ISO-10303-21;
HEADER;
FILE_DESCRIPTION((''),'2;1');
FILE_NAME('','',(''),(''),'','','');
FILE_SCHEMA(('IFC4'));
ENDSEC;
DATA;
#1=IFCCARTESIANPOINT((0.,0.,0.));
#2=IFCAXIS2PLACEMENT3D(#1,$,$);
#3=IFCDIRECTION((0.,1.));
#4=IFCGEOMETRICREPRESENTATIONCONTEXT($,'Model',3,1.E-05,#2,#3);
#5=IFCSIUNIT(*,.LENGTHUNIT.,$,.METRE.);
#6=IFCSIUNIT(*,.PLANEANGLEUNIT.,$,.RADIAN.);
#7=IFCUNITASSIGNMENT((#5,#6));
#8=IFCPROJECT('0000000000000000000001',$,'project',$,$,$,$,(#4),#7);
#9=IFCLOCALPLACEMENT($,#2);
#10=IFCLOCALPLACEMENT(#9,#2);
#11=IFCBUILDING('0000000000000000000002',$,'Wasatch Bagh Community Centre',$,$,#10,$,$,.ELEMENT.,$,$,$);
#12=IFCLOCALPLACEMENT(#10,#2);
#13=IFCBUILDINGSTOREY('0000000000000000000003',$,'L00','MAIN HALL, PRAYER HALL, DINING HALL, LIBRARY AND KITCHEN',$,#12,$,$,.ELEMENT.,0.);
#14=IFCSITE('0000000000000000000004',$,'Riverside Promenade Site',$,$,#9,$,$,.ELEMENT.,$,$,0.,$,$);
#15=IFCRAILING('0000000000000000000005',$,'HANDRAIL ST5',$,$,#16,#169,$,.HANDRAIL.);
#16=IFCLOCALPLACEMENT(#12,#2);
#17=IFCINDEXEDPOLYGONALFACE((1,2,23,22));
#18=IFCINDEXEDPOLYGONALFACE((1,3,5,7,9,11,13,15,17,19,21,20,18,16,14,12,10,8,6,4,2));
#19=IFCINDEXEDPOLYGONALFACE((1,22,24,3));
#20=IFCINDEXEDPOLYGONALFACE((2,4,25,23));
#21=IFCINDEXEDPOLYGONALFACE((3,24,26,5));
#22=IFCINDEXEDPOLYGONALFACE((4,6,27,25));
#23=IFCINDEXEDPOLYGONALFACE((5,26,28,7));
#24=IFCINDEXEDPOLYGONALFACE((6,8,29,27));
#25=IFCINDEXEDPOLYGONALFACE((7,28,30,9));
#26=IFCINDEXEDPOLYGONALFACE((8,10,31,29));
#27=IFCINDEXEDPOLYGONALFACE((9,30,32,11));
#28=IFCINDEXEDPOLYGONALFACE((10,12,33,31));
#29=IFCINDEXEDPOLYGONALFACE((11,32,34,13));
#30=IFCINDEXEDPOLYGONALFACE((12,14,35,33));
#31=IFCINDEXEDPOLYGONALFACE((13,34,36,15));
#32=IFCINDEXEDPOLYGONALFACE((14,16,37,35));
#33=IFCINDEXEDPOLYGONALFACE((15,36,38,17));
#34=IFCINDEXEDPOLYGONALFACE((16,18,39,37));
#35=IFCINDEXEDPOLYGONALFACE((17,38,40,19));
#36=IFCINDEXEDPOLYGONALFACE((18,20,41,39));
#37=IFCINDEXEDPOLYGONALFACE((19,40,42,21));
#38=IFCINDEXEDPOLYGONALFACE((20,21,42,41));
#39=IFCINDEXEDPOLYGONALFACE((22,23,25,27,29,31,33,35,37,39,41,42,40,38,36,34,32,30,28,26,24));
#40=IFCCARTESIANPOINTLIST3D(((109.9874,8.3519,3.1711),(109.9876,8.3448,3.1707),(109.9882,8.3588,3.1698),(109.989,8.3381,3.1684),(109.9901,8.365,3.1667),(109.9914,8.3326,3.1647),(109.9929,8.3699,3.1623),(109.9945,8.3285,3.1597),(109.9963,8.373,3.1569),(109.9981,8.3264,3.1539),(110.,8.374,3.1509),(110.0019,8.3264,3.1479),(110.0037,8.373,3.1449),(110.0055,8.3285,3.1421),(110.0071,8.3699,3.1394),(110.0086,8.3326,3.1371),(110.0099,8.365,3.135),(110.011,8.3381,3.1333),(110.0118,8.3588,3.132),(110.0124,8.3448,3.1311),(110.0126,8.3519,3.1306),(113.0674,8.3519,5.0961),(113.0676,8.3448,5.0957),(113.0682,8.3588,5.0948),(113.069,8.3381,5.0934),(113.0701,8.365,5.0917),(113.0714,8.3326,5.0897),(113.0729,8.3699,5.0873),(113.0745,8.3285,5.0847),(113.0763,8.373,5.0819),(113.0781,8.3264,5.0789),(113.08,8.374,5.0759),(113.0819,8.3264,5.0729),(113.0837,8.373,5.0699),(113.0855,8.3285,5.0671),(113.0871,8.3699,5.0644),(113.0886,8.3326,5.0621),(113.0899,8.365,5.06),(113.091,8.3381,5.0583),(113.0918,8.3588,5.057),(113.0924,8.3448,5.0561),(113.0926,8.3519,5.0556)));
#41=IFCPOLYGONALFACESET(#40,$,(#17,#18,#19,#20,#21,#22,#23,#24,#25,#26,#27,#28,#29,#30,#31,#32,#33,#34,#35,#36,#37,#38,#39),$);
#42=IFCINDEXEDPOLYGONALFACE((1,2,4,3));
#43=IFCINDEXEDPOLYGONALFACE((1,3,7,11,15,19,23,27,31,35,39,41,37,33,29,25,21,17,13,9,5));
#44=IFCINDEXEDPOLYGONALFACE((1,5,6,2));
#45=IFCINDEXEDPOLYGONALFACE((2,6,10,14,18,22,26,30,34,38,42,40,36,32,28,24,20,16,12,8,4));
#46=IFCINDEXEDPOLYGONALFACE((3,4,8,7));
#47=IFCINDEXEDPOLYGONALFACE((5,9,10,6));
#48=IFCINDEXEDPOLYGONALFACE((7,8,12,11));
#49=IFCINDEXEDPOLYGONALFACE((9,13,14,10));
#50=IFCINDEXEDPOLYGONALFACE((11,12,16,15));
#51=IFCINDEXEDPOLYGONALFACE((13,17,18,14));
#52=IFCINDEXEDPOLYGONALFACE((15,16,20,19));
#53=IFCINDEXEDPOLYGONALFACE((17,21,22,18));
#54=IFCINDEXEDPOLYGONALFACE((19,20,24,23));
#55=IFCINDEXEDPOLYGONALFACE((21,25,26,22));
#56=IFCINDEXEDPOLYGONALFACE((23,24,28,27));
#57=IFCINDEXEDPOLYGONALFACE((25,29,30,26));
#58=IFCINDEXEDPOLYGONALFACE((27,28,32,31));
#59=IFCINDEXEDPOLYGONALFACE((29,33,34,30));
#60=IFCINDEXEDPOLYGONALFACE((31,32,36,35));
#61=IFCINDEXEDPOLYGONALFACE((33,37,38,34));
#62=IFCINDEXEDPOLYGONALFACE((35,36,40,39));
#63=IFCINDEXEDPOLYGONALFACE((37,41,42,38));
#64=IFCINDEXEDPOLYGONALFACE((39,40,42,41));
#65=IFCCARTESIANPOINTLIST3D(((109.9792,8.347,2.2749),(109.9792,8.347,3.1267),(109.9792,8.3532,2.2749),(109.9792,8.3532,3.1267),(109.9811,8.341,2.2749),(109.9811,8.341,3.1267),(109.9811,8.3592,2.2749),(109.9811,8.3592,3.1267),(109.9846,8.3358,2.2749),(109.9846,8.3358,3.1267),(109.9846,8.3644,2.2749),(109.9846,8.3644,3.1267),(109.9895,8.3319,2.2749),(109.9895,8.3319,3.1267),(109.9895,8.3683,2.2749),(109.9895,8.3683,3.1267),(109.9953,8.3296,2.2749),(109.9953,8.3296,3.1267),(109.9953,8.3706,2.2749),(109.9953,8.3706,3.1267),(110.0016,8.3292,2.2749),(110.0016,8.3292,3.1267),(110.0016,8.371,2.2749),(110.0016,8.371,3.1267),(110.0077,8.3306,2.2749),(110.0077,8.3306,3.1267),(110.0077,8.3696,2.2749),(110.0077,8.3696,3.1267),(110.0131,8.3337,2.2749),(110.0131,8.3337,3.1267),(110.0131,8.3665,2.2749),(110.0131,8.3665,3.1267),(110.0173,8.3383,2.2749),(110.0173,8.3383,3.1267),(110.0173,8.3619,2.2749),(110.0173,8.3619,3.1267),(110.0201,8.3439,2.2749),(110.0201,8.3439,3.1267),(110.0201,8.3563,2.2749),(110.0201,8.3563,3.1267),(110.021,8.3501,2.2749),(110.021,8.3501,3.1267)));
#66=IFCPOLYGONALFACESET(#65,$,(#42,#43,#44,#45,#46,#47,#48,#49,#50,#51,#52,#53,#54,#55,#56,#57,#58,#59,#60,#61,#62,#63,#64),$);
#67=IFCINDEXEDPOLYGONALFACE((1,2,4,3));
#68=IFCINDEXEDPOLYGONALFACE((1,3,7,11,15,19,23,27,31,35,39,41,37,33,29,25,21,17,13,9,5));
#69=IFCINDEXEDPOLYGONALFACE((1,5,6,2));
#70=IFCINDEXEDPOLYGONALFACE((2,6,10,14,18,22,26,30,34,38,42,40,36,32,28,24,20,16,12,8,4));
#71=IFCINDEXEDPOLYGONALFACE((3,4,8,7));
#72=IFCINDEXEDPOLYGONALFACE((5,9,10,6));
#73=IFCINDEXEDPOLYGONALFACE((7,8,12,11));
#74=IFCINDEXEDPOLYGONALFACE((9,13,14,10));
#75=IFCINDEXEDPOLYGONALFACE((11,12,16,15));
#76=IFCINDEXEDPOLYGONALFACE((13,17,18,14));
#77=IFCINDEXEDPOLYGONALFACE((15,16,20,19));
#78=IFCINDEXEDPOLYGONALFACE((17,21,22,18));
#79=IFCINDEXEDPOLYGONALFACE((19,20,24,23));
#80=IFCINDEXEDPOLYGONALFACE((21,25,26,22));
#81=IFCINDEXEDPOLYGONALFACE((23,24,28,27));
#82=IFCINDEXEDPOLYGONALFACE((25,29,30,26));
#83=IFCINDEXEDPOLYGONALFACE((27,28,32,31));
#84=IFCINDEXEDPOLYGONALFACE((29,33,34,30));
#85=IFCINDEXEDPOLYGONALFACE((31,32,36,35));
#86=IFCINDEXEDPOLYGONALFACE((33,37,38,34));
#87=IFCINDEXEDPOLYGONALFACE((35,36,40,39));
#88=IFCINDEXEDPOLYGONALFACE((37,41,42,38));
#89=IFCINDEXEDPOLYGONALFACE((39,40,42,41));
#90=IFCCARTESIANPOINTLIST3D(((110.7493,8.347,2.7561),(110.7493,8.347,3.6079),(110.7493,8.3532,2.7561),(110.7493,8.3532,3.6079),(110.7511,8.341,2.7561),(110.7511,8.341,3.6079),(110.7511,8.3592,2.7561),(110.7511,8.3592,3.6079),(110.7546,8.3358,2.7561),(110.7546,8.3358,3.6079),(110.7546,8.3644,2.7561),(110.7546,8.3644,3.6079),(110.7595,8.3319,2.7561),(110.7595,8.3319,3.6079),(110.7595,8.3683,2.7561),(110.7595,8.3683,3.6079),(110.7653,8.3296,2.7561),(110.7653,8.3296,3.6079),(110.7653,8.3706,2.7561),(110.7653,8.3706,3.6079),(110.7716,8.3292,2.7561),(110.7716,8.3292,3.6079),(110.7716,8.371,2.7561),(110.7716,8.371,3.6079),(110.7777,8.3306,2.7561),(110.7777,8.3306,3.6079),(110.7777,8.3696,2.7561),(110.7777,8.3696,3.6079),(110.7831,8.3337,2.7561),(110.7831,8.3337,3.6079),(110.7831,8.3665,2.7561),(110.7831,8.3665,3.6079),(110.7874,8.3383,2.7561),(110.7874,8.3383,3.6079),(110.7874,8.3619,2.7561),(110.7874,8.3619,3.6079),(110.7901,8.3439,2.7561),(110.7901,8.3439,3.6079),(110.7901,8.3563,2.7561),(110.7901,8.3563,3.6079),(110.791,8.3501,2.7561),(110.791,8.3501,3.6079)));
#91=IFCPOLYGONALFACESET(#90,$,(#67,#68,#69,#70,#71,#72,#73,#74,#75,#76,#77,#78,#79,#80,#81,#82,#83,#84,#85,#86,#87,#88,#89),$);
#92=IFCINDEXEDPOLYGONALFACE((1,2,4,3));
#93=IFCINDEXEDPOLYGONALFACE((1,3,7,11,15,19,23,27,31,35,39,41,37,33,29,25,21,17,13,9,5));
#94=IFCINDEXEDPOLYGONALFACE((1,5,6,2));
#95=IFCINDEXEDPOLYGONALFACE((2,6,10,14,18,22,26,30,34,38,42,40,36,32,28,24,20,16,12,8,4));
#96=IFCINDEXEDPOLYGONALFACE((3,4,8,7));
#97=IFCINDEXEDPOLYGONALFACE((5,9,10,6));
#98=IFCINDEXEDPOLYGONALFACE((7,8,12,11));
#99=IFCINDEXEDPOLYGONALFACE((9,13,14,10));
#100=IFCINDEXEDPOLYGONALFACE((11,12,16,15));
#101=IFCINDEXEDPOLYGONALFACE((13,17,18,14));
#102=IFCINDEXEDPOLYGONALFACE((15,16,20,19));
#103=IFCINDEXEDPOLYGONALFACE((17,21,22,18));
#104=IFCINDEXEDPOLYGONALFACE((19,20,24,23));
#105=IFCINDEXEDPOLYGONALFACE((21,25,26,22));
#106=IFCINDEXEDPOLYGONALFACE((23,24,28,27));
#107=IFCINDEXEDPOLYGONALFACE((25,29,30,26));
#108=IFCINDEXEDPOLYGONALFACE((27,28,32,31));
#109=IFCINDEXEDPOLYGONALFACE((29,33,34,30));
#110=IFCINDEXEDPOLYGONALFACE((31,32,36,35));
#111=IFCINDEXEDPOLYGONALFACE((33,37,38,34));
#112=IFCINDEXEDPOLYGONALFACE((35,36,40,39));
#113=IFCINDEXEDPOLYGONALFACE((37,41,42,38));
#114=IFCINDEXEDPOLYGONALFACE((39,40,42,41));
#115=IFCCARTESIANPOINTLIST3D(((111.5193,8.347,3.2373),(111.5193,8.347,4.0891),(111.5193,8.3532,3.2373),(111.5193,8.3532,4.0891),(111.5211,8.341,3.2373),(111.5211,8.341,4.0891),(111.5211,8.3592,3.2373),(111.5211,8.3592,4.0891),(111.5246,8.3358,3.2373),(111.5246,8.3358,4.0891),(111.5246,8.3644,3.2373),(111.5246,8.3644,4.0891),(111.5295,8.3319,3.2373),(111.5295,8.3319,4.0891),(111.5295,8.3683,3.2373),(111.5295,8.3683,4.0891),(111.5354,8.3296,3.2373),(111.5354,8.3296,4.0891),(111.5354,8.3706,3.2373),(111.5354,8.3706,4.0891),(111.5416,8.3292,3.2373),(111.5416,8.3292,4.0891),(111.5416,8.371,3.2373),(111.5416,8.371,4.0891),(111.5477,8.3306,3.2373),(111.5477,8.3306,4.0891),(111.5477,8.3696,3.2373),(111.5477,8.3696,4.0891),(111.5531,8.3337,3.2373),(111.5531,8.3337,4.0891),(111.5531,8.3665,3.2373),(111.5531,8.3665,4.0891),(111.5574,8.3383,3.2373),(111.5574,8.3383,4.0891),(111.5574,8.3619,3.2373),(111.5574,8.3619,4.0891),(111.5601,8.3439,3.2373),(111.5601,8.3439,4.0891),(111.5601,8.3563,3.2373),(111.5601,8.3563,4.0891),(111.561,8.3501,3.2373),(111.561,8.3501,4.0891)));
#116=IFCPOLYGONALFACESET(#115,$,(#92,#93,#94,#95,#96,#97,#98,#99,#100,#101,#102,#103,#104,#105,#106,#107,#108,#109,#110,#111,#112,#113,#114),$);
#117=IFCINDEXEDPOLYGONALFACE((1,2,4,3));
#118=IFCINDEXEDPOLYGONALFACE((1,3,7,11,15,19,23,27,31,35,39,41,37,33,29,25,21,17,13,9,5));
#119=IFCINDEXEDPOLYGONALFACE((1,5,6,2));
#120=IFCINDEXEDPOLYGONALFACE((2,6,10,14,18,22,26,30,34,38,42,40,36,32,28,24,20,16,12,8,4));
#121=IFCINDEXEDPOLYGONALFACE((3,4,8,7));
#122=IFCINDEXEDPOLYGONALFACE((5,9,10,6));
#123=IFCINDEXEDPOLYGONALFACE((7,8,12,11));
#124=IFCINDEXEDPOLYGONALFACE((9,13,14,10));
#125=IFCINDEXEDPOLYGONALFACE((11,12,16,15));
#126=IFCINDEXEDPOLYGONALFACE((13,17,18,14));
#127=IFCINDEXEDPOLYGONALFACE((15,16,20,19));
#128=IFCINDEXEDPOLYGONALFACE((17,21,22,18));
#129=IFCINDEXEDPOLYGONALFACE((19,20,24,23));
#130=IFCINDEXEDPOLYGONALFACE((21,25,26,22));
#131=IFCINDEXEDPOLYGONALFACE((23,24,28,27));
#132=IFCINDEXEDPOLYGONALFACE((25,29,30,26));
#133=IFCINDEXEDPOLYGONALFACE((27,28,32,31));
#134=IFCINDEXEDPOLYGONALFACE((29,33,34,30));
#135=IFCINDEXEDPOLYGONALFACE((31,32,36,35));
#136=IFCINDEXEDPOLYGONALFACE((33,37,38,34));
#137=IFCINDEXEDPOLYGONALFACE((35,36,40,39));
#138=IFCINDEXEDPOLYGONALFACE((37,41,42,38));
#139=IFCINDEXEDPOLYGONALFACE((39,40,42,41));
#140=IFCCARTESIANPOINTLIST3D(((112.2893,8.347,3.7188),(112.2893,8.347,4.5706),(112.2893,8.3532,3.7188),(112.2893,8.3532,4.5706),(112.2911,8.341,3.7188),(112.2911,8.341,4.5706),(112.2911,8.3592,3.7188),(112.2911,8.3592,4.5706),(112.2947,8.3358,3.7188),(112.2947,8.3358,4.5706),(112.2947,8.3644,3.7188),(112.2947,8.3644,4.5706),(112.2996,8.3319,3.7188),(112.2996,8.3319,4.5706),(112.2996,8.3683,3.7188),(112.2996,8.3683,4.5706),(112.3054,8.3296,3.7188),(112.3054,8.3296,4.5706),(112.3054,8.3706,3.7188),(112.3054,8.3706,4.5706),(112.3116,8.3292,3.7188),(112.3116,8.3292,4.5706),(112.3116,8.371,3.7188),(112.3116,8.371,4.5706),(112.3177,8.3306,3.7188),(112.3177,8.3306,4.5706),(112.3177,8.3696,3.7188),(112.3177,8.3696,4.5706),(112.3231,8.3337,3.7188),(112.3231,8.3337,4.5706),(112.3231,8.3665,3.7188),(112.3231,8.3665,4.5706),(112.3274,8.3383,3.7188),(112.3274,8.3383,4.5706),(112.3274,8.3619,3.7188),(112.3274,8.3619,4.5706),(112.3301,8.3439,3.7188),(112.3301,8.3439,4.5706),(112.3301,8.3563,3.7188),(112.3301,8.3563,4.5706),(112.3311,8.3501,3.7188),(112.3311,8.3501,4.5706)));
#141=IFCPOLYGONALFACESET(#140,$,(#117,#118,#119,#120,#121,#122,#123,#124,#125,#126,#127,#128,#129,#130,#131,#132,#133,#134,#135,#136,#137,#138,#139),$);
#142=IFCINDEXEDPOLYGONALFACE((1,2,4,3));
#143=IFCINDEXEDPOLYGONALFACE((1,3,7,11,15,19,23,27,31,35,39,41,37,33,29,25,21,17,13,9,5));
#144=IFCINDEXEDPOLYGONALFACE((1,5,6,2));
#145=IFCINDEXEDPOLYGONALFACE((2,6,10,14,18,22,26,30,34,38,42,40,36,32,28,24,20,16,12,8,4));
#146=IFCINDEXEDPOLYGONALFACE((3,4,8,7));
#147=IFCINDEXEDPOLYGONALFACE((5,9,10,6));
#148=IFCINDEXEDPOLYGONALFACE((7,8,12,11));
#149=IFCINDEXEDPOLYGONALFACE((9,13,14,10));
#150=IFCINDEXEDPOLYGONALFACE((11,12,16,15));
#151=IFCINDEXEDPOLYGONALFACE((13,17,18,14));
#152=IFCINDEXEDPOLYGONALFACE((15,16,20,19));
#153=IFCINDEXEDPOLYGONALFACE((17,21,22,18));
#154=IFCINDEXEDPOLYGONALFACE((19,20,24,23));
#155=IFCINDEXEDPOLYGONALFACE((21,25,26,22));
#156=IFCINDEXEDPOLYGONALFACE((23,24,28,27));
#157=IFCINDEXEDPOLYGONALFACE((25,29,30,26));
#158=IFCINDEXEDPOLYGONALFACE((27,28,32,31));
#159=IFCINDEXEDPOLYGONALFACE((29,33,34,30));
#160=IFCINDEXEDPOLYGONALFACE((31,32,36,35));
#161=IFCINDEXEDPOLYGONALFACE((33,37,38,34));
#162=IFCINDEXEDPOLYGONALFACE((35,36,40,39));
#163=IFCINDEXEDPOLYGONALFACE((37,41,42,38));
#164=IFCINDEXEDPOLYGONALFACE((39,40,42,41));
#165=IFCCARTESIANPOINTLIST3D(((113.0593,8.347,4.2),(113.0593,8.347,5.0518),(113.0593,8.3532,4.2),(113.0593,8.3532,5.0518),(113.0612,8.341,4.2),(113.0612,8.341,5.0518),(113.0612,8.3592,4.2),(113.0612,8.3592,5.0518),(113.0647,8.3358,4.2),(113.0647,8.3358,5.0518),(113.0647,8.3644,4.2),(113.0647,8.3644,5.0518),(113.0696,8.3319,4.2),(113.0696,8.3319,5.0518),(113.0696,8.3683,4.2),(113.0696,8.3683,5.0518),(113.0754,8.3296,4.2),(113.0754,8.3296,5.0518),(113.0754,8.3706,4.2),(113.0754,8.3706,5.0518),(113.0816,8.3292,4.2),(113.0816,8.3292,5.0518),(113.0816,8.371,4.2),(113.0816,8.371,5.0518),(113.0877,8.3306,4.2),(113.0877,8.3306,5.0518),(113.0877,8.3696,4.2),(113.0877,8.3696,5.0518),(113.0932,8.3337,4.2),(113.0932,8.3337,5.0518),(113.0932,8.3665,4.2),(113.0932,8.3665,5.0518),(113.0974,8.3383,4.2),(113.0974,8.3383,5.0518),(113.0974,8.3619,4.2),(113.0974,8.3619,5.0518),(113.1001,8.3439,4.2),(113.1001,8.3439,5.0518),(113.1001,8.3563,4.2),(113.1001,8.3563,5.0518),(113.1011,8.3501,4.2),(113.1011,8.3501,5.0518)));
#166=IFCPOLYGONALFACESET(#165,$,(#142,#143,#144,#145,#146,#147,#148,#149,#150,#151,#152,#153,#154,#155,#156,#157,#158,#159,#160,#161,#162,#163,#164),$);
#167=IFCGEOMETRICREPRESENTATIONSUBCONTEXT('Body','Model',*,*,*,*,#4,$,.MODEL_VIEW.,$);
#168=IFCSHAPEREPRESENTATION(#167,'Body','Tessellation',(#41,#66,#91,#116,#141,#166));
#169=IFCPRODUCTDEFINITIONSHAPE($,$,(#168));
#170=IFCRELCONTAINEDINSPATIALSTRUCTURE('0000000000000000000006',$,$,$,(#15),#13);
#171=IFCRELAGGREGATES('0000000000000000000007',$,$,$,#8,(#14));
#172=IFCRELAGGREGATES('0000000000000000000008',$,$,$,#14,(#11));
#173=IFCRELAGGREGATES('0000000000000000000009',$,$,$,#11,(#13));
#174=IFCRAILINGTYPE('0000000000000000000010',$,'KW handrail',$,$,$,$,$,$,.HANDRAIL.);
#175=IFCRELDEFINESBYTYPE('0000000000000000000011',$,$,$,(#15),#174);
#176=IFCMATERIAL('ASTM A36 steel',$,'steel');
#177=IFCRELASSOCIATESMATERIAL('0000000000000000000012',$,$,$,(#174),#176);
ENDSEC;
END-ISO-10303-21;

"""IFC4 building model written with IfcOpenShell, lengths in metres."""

from ifc_helpers import new_model, si_unit, direction, frame, origin, origin_2d, place, context, subcontext, project, spatial, circle, extrude, material, type_object, element, save


model = new_model("IFC4")

# Units and contexts
model_context = context("Model", 3, precision=1e-05, world=origin(), true_north=direction((0.0, 1.0)))
body_context = subcontext(model_context, "Body", "Model", "MODEL_VIEW")
ifc_project = project(units=[si_unit("LENGTHUNIT", "METRE"), si_unit("PLANEANGLEUNIT", "RADIAN")], contexts=[model_context])

# Site, building, storey
site_placement = place(None, origin())
site = spatial("IfcSite", under=ifc_project, at=site_placement, Name="Riverside Promenade Site", CompositionType="ELEMENT", RefElevation=0.0)
building_placement = place(site_placement, origin())
building = spatial("IfcBuilding", under=site, at=building_placement, Name="Wasatch Bagh Community Centre", CompositionType="ELEMENT")
storey_placement = place(building_placement, origin())
storey = spatial("IfcBuildingStorey", under=building, at=storey_placement, Name="L00", Description="MAIN HALL, PRAYER HALL, DINING HALL, LIBRARY AND KITCHEN", CompositionType="ELEMENT", Elevation=0.0)

# Railing
ifc_material_1 = material(Name="ASTM A36 steel", Category="steel")
railing_type_1 = type_object("IfcRailingType", Name="KW handrail", PredefinedType="HANDRAIL", material=ifc_material_1)
for number, where, name in (
    (1, (110.0, 8.3501, 2.2749), "HANDRAIL ST5"),
):
    element("IfcRailing", number, at=place(storey_placement, frame(where)), inside=storey, type_object=railing_type_1, Name=name, PredefinedType="HANDRAIL", context=body_context, shape_type="SweptSolid", body=[
        extrude(circle(Radius=0.0239, at=origin_2d()), frame((0.0, 0.0, 0.876), z_axis=(0.847998, 0.0, 0.529999), x_axis=(0.0, 1.0, 0.0)), (0.0, 0.0, 1.0), 3.6321),
        extrude(circle(Radius=0.021, at=origin_2d()), origin(), (0.0, 0.0, 1.0), 0.8518),
        extrude(circle(Radius=0.021, at=origin_2d()), frame((0.77, 0.0, 0.4812)), (0.0, 0.0, 1.0), 0.8518),
        extrude(circle(Radius=0.021, at=origin_2d()), frame((1.54, 0.0, 0.9624)), (0.0, 0.0, 1.0), 0.8518),
        extrude(circle(Radius=0.021, at=origin_2d()), frame((2.3101, 0.0, 1.4438)), (0.0, 0.0, 1.0), 0.8518),
        extrude(circle(Radius=0.021, at=origin_2d()), frame((3.0801, 0.0, 1.925)), (0.0, 0.0, 1.0), 0.8518),
    ])

save(model, "model.ifc")
